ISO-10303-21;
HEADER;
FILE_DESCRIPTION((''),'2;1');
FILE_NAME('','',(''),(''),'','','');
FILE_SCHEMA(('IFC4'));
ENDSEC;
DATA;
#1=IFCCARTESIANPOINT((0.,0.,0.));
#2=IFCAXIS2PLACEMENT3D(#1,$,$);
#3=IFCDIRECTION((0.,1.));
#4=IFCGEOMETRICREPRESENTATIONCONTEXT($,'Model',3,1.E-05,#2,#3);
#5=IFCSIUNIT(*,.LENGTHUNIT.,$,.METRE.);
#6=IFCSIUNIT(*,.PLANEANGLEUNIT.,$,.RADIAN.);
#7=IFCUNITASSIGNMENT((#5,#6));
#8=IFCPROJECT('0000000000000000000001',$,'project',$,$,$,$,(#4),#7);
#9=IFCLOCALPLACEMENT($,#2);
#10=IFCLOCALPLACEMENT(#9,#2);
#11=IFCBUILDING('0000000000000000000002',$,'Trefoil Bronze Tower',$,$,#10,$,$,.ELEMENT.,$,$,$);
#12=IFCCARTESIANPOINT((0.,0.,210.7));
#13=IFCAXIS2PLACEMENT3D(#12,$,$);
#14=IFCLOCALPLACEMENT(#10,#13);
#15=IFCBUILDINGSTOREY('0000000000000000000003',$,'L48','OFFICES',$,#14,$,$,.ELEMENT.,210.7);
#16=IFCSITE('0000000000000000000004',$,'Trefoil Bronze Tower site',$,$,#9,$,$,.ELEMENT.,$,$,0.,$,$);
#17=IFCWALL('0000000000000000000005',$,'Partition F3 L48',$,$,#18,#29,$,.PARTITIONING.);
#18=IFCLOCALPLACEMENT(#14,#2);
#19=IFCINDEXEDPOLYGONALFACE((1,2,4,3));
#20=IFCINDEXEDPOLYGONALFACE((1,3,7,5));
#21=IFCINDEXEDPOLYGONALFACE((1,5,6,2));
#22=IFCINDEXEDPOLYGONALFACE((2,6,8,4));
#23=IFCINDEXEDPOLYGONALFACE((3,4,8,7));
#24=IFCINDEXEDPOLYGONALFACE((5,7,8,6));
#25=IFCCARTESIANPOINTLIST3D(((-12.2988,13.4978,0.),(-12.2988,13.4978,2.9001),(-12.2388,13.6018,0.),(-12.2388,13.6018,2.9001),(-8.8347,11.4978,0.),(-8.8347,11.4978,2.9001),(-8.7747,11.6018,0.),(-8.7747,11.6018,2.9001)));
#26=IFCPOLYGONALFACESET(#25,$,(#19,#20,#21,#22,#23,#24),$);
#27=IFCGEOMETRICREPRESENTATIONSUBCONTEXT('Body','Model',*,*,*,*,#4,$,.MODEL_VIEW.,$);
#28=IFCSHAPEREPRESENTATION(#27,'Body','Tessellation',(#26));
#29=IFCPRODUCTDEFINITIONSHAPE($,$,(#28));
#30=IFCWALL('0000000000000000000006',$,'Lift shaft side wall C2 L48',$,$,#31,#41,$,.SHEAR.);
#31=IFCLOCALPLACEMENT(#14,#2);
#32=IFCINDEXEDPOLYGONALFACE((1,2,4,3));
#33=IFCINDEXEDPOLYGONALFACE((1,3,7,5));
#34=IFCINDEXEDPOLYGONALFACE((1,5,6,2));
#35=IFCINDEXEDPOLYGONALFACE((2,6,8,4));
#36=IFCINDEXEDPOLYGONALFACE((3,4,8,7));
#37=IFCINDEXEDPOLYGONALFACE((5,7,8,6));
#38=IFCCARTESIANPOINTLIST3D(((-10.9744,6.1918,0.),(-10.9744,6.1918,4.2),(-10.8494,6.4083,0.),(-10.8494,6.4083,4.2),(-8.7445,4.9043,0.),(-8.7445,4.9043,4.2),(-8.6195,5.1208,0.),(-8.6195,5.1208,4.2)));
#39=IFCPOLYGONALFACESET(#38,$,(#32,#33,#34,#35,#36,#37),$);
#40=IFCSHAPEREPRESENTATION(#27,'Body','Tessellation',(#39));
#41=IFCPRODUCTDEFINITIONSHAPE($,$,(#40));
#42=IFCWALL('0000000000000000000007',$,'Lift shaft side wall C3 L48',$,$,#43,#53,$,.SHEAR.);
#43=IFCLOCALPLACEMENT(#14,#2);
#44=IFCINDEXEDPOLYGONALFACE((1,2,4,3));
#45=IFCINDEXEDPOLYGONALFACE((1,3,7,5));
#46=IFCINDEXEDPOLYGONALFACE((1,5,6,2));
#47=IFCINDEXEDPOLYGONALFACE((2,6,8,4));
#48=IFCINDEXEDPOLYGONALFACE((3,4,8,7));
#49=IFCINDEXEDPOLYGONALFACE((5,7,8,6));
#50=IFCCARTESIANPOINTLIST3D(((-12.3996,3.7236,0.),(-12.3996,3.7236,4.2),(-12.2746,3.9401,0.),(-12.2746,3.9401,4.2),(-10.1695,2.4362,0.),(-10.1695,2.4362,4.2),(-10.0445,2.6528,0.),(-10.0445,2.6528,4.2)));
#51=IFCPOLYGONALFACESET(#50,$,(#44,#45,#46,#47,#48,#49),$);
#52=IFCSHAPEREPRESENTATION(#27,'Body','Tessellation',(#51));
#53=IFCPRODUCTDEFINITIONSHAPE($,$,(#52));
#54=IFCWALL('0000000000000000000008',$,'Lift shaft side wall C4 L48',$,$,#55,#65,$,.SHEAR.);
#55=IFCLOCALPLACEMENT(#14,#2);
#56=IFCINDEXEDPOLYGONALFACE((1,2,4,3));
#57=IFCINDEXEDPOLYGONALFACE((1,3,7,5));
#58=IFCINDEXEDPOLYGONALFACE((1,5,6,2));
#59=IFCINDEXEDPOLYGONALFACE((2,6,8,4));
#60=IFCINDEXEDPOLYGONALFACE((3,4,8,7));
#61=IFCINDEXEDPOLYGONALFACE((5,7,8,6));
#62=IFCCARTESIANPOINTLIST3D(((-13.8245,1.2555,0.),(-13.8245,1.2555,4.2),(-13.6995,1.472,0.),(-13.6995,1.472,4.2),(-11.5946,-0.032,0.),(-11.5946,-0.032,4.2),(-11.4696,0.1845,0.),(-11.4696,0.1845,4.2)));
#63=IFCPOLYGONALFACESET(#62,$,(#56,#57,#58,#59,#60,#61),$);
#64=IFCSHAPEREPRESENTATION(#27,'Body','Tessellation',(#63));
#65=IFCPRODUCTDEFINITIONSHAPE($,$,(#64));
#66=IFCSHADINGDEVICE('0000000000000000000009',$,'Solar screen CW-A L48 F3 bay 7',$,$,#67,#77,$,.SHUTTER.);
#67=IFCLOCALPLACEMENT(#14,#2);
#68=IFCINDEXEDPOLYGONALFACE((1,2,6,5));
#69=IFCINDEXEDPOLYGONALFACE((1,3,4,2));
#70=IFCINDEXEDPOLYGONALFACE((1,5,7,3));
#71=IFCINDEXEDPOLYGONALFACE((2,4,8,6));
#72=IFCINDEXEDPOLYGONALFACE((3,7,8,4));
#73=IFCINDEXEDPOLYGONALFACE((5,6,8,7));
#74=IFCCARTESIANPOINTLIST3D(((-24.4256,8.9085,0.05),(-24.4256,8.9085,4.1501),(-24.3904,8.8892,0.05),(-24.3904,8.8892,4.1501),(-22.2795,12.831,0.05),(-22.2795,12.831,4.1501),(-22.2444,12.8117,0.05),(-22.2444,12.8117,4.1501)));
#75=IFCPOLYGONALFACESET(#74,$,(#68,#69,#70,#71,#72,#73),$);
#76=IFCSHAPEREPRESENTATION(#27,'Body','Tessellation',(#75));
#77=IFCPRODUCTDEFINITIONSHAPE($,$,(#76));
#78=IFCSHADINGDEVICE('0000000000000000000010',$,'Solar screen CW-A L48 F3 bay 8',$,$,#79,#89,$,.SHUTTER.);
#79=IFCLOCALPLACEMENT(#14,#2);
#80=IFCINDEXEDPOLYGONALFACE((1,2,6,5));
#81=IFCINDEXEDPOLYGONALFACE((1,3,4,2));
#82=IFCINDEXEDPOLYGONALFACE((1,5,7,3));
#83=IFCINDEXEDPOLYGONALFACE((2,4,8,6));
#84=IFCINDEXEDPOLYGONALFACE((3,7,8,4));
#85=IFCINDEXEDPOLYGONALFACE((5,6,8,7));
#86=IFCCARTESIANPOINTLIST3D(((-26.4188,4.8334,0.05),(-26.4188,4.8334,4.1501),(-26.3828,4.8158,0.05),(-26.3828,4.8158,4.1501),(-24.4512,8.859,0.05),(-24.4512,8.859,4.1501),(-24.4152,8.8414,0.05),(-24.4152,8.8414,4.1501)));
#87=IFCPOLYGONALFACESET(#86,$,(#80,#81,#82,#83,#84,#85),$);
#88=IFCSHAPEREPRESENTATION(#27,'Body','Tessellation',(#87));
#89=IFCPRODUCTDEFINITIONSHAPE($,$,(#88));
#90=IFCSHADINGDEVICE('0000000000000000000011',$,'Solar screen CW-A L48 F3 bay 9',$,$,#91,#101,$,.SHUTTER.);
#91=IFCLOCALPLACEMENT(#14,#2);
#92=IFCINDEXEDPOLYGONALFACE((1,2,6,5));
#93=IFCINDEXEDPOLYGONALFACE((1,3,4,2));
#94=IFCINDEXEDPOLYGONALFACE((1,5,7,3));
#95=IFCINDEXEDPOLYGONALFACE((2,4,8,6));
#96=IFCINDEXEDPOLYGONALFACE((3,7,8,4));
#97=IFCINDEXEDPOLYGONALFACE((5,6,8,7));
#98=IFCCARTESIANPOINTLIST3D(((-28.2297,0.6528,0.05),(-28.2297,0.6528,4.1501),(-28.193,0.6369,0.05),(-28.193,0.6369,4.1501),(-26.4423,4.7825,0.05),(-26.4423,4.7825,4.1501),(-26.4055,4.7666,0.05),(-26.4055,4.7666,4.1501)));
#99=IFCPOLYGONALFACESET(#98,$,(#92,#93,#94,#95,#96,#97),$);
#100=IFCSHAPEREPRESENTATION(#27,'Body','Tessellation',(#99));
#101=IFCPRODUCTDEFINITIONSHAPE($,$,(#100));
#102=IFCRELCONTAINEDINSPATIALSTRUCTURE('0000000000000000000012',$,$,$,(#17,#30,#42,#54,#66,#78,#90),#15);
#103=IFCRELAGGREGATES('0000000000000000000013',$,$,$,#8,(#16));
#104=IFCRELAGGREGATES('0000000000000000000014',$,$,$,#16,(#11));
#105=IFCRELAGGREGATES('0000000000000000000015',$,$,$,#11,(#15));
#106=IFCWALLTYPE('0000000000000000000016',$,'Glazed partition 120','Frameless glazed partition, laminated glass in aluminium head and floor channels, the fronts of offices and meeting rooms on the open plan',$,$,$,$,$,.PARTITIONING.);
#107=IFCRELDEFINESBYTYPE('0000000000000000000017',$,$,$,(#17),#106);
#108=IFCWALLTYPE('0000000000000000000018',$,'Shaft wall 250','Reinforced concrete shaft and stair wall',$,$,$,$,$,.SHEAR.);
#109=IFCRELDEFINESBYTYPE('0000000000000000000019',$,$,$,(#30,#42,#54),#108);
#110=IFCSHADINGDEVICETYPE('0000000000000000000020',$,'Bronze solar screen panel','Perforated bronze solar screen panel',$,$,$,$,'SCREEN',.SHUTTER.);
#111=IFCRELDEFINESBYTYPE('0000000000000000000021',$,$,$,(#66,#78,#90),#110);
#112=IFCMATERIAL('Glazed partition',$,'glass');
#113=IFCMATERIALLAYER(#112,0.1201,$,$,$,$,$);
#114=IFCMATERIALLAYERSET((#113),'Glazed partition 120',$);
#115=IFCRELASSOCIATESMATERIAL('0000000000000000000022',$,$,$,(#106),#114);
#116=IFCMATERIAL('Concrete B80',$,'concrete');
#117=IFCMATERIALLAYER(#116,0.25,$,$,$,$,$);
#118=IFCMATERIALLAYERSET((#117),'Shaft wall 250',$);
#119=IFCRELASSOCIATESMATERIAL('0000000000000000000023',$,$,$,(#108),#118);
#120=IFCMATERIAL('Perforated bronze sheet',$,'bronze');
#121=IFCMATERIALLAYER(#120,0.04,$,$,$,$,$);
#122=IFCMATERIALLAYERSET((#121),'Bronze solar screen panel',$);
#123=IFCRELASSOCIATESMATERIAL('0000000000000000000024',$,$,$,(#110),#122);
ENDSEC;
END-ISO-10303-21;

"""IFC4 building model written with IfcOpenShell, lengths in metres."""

from ifc_helpers import new_model, si_unit, direction, frame, frame_2d, origin, origin_2d, place, context, subcontext, project, spatial, rectangle, extrude, material, layer, layer_set, type_object, element, save


model = new_model("IFC4")

# Units and contexts
model_context = context("Model", 3, precision=1e-05, world=origin(), true_north=direction((0.0, 1.0)))
body_context = subcontext(model_context, "Body", "Model", "MODEL_VIEW")
ifc_project = project(units=[si_unit("LENGTHUNIT", "METRE"), si_unit("PLANEANGLEUNIT", "RADIAN")], contexts=[model_context])

# Site, building, storey
site_placement = place(None, origin())
site = spatial("IfcSite", under=ifc_project, at=site_placement, Name="Trefoil Bronze Tower site", CompositionType="ELEMENT", RefElevation=0.0)
building_placement = place(site_placement, origin())
building = spatial("IfcBuilding", under=site, at=building_placement, Name="Trefoil Bronze Tower", CompositionType="ELEMENT")
storey_placement = place(building_placement, frame((0.0, 0.0, 210.7)))
storey = spatial("IfcBuildingStorey", under=building, at=storey_placement, Name="L48", Description="OFFICES", CompositionType="ELEMENT", Elevation=210.7)

# Shared definitions
ifc_material_1 = material(Name="Glazed partition", Category="glass")
ifc_layer_1 = layer(ifc_material_1, 0.1201)
ifc_layer_set_1 = layer_set([ifc_layer_1], Name="Glazed partition 120")
wall_type_1 = type_object("IfcWallType", Name="Glazed partition 120", Description="Frameless glazed partition, laminated glass in aluminium head and floor channels, the fronts of offices and meeting rooms on the open plan", PredefinedType="PARTITIONING", material=ifc_layer_set_1)

# Walls
for number, where, z_axis, x_axis, name in (
    (1, (-8.8047, 11.5498, 0.0), (0.0, 0.0, 1.0), (-0.866026, 0.499999, 0.0), "Partition F3 L48"),
):
    element("IfcWall", number, at=place(storey_placement, frame(where, z_axis=z_axis, x_axis=x_axis)), inside=storey, type_object=wall_type_1, Name=name, PredefinedType="PARTITIONING", context=body_context, shape_type="SweptSolid", body=[
        extrude(rectangle(XDim=4.0, YDim=0.1201, at=frame_2d((2.0, 0.0))), origin(), (0.0, 0.0, 1.0), 2.9001),
    ])
ifc_material_2 = material(Name="Concrete B80", Category="concrete")
ifc_layer_2 = layer(ifc_material_2, 0.25)
ifc_layer_set_2 = layer_set([ifc_layer_2], Name="Shaft wall 250")
wall_type_2 = type_object("IfcWallType", Name="Shaft wall 250", Description="Reinforced concrete shaft and stair wall", PredefinedType="SHEAR", material=ifc_layer_set_2)
for number, where, z_axis, x_axis, name in (
    (2, (-8.6819, 5.0125, 0.0), (0.0, 0.0, 1.0), (-0.866006, 0.500034, 0.0), "Lift shaft side wall C2 L48"),
    (3, (-10.1069, 2.5444, 0.0), (0.0, 0.0, 1.0), (-0.866047, 0.499963, 0.0), "Lift shaft side wall C3 L48"),
    (4, (-11.532, 0.0762, 0.0), (0.0, 0.0, 1.0), (-0.866006, 0.500034, 0.0), "Lift shaft side wall C4 L48"),
):
    element("IfcWall", number, at=place(storey_placement, frame(where, z_axis=z_axis, x_axis=x_axis)), inside=storey, type_object=wall_type_2, Name=name, PredefinedType="SHEAR", context=body_context, shape_type="SweptSolid", body=[
        extrude(rectangle(XDim=2.575, YDim=0.25, at=frame_2d((1.2876, 0.0))), origin(), (0.0, 0.0, 1.0), 4.2),
    ])

# Shading devices
ifc_material_3 = material(Name="Perforated bronze sheet", Category="bronze")
ifc_layer_3 = layer(ifc_material_3, 0.04)
ifc_layer_set_3 = layer_set([ifc_layer_3], Name="Bronze solar screen panel")
shading_device_type = type_object("IfcShadingDeviceType", Name="Bronze solar screen panel", Description="Perforated bronze solar screen panel", ElementType="SCREEN", PredefinedType="SHUTTER", material=ifc_layer_set_3)
shading_device_1_placement = place(storey_placement, frame((-23.335, 10.8601, 0.05), z_axis=(0.0, 0.0, 1.0), x_axis=(-0.479974, -0.877283, 0.0)))
element("IfcShadingDevice", 5, at=shading_device_1_placement, inside=storey, type_object=shading_device_type, Name="Solar screen CW-A L48 F3 bay 7", PredefinedType="SHUTTER", context=body_context, shape_type="SweptSolid", body=[
    extrude(rectangle(XDim=4.4712, YDim=0.04, at=origin_2d()), origin(), (0.0, 0.0, 1.0), 4.1001),
])
shading_device_2_placement = place(storey_placement, frame((-25.417, 6.8374, 0.05), z_axis=(0.0, 0.0, 1.0), x_axis=(-0.439129, -0.898424, 0.0)))
element("IfcShadingDevice", 6, at=shading_device_2_placement, inside=storey, type_object=shading_device_type, Name="Solar screen CW-A L48 F3 bay 8", PredefinedType="SHUTTER", context=body_context, shape_type="SweptSolid", body=[
    extrude(rectangle(XDim=4.4807, YDim=0.04, at=origin_2d()), origin(), (0.0, 0.0, 1.0), 4.1001),
])
shading_device_3_placement = place(storey_placement, frame((-27.3176, 2.7097, 0.05), z_axis=(0.0, 0.0, 1.0), x_axis=(-0.39722, -0.917723, 0.0)))
element("IfcShadingDevice", 7, at=shading_device_3_placement, inside=storey, type_object=shading_device_type, Name="Solar screen CW-A L48 F3 bay 9", PredefinedType="SHUTTER", context=body_context, shape_type="SweptSolid", body=[
    extrude(rectangle(XDim=4.5, YDim=0.04, at=origin_2d()), origin(), (0.0, 0.0, 1.0), 4.1001),
])

save(model, "model.ifc")
